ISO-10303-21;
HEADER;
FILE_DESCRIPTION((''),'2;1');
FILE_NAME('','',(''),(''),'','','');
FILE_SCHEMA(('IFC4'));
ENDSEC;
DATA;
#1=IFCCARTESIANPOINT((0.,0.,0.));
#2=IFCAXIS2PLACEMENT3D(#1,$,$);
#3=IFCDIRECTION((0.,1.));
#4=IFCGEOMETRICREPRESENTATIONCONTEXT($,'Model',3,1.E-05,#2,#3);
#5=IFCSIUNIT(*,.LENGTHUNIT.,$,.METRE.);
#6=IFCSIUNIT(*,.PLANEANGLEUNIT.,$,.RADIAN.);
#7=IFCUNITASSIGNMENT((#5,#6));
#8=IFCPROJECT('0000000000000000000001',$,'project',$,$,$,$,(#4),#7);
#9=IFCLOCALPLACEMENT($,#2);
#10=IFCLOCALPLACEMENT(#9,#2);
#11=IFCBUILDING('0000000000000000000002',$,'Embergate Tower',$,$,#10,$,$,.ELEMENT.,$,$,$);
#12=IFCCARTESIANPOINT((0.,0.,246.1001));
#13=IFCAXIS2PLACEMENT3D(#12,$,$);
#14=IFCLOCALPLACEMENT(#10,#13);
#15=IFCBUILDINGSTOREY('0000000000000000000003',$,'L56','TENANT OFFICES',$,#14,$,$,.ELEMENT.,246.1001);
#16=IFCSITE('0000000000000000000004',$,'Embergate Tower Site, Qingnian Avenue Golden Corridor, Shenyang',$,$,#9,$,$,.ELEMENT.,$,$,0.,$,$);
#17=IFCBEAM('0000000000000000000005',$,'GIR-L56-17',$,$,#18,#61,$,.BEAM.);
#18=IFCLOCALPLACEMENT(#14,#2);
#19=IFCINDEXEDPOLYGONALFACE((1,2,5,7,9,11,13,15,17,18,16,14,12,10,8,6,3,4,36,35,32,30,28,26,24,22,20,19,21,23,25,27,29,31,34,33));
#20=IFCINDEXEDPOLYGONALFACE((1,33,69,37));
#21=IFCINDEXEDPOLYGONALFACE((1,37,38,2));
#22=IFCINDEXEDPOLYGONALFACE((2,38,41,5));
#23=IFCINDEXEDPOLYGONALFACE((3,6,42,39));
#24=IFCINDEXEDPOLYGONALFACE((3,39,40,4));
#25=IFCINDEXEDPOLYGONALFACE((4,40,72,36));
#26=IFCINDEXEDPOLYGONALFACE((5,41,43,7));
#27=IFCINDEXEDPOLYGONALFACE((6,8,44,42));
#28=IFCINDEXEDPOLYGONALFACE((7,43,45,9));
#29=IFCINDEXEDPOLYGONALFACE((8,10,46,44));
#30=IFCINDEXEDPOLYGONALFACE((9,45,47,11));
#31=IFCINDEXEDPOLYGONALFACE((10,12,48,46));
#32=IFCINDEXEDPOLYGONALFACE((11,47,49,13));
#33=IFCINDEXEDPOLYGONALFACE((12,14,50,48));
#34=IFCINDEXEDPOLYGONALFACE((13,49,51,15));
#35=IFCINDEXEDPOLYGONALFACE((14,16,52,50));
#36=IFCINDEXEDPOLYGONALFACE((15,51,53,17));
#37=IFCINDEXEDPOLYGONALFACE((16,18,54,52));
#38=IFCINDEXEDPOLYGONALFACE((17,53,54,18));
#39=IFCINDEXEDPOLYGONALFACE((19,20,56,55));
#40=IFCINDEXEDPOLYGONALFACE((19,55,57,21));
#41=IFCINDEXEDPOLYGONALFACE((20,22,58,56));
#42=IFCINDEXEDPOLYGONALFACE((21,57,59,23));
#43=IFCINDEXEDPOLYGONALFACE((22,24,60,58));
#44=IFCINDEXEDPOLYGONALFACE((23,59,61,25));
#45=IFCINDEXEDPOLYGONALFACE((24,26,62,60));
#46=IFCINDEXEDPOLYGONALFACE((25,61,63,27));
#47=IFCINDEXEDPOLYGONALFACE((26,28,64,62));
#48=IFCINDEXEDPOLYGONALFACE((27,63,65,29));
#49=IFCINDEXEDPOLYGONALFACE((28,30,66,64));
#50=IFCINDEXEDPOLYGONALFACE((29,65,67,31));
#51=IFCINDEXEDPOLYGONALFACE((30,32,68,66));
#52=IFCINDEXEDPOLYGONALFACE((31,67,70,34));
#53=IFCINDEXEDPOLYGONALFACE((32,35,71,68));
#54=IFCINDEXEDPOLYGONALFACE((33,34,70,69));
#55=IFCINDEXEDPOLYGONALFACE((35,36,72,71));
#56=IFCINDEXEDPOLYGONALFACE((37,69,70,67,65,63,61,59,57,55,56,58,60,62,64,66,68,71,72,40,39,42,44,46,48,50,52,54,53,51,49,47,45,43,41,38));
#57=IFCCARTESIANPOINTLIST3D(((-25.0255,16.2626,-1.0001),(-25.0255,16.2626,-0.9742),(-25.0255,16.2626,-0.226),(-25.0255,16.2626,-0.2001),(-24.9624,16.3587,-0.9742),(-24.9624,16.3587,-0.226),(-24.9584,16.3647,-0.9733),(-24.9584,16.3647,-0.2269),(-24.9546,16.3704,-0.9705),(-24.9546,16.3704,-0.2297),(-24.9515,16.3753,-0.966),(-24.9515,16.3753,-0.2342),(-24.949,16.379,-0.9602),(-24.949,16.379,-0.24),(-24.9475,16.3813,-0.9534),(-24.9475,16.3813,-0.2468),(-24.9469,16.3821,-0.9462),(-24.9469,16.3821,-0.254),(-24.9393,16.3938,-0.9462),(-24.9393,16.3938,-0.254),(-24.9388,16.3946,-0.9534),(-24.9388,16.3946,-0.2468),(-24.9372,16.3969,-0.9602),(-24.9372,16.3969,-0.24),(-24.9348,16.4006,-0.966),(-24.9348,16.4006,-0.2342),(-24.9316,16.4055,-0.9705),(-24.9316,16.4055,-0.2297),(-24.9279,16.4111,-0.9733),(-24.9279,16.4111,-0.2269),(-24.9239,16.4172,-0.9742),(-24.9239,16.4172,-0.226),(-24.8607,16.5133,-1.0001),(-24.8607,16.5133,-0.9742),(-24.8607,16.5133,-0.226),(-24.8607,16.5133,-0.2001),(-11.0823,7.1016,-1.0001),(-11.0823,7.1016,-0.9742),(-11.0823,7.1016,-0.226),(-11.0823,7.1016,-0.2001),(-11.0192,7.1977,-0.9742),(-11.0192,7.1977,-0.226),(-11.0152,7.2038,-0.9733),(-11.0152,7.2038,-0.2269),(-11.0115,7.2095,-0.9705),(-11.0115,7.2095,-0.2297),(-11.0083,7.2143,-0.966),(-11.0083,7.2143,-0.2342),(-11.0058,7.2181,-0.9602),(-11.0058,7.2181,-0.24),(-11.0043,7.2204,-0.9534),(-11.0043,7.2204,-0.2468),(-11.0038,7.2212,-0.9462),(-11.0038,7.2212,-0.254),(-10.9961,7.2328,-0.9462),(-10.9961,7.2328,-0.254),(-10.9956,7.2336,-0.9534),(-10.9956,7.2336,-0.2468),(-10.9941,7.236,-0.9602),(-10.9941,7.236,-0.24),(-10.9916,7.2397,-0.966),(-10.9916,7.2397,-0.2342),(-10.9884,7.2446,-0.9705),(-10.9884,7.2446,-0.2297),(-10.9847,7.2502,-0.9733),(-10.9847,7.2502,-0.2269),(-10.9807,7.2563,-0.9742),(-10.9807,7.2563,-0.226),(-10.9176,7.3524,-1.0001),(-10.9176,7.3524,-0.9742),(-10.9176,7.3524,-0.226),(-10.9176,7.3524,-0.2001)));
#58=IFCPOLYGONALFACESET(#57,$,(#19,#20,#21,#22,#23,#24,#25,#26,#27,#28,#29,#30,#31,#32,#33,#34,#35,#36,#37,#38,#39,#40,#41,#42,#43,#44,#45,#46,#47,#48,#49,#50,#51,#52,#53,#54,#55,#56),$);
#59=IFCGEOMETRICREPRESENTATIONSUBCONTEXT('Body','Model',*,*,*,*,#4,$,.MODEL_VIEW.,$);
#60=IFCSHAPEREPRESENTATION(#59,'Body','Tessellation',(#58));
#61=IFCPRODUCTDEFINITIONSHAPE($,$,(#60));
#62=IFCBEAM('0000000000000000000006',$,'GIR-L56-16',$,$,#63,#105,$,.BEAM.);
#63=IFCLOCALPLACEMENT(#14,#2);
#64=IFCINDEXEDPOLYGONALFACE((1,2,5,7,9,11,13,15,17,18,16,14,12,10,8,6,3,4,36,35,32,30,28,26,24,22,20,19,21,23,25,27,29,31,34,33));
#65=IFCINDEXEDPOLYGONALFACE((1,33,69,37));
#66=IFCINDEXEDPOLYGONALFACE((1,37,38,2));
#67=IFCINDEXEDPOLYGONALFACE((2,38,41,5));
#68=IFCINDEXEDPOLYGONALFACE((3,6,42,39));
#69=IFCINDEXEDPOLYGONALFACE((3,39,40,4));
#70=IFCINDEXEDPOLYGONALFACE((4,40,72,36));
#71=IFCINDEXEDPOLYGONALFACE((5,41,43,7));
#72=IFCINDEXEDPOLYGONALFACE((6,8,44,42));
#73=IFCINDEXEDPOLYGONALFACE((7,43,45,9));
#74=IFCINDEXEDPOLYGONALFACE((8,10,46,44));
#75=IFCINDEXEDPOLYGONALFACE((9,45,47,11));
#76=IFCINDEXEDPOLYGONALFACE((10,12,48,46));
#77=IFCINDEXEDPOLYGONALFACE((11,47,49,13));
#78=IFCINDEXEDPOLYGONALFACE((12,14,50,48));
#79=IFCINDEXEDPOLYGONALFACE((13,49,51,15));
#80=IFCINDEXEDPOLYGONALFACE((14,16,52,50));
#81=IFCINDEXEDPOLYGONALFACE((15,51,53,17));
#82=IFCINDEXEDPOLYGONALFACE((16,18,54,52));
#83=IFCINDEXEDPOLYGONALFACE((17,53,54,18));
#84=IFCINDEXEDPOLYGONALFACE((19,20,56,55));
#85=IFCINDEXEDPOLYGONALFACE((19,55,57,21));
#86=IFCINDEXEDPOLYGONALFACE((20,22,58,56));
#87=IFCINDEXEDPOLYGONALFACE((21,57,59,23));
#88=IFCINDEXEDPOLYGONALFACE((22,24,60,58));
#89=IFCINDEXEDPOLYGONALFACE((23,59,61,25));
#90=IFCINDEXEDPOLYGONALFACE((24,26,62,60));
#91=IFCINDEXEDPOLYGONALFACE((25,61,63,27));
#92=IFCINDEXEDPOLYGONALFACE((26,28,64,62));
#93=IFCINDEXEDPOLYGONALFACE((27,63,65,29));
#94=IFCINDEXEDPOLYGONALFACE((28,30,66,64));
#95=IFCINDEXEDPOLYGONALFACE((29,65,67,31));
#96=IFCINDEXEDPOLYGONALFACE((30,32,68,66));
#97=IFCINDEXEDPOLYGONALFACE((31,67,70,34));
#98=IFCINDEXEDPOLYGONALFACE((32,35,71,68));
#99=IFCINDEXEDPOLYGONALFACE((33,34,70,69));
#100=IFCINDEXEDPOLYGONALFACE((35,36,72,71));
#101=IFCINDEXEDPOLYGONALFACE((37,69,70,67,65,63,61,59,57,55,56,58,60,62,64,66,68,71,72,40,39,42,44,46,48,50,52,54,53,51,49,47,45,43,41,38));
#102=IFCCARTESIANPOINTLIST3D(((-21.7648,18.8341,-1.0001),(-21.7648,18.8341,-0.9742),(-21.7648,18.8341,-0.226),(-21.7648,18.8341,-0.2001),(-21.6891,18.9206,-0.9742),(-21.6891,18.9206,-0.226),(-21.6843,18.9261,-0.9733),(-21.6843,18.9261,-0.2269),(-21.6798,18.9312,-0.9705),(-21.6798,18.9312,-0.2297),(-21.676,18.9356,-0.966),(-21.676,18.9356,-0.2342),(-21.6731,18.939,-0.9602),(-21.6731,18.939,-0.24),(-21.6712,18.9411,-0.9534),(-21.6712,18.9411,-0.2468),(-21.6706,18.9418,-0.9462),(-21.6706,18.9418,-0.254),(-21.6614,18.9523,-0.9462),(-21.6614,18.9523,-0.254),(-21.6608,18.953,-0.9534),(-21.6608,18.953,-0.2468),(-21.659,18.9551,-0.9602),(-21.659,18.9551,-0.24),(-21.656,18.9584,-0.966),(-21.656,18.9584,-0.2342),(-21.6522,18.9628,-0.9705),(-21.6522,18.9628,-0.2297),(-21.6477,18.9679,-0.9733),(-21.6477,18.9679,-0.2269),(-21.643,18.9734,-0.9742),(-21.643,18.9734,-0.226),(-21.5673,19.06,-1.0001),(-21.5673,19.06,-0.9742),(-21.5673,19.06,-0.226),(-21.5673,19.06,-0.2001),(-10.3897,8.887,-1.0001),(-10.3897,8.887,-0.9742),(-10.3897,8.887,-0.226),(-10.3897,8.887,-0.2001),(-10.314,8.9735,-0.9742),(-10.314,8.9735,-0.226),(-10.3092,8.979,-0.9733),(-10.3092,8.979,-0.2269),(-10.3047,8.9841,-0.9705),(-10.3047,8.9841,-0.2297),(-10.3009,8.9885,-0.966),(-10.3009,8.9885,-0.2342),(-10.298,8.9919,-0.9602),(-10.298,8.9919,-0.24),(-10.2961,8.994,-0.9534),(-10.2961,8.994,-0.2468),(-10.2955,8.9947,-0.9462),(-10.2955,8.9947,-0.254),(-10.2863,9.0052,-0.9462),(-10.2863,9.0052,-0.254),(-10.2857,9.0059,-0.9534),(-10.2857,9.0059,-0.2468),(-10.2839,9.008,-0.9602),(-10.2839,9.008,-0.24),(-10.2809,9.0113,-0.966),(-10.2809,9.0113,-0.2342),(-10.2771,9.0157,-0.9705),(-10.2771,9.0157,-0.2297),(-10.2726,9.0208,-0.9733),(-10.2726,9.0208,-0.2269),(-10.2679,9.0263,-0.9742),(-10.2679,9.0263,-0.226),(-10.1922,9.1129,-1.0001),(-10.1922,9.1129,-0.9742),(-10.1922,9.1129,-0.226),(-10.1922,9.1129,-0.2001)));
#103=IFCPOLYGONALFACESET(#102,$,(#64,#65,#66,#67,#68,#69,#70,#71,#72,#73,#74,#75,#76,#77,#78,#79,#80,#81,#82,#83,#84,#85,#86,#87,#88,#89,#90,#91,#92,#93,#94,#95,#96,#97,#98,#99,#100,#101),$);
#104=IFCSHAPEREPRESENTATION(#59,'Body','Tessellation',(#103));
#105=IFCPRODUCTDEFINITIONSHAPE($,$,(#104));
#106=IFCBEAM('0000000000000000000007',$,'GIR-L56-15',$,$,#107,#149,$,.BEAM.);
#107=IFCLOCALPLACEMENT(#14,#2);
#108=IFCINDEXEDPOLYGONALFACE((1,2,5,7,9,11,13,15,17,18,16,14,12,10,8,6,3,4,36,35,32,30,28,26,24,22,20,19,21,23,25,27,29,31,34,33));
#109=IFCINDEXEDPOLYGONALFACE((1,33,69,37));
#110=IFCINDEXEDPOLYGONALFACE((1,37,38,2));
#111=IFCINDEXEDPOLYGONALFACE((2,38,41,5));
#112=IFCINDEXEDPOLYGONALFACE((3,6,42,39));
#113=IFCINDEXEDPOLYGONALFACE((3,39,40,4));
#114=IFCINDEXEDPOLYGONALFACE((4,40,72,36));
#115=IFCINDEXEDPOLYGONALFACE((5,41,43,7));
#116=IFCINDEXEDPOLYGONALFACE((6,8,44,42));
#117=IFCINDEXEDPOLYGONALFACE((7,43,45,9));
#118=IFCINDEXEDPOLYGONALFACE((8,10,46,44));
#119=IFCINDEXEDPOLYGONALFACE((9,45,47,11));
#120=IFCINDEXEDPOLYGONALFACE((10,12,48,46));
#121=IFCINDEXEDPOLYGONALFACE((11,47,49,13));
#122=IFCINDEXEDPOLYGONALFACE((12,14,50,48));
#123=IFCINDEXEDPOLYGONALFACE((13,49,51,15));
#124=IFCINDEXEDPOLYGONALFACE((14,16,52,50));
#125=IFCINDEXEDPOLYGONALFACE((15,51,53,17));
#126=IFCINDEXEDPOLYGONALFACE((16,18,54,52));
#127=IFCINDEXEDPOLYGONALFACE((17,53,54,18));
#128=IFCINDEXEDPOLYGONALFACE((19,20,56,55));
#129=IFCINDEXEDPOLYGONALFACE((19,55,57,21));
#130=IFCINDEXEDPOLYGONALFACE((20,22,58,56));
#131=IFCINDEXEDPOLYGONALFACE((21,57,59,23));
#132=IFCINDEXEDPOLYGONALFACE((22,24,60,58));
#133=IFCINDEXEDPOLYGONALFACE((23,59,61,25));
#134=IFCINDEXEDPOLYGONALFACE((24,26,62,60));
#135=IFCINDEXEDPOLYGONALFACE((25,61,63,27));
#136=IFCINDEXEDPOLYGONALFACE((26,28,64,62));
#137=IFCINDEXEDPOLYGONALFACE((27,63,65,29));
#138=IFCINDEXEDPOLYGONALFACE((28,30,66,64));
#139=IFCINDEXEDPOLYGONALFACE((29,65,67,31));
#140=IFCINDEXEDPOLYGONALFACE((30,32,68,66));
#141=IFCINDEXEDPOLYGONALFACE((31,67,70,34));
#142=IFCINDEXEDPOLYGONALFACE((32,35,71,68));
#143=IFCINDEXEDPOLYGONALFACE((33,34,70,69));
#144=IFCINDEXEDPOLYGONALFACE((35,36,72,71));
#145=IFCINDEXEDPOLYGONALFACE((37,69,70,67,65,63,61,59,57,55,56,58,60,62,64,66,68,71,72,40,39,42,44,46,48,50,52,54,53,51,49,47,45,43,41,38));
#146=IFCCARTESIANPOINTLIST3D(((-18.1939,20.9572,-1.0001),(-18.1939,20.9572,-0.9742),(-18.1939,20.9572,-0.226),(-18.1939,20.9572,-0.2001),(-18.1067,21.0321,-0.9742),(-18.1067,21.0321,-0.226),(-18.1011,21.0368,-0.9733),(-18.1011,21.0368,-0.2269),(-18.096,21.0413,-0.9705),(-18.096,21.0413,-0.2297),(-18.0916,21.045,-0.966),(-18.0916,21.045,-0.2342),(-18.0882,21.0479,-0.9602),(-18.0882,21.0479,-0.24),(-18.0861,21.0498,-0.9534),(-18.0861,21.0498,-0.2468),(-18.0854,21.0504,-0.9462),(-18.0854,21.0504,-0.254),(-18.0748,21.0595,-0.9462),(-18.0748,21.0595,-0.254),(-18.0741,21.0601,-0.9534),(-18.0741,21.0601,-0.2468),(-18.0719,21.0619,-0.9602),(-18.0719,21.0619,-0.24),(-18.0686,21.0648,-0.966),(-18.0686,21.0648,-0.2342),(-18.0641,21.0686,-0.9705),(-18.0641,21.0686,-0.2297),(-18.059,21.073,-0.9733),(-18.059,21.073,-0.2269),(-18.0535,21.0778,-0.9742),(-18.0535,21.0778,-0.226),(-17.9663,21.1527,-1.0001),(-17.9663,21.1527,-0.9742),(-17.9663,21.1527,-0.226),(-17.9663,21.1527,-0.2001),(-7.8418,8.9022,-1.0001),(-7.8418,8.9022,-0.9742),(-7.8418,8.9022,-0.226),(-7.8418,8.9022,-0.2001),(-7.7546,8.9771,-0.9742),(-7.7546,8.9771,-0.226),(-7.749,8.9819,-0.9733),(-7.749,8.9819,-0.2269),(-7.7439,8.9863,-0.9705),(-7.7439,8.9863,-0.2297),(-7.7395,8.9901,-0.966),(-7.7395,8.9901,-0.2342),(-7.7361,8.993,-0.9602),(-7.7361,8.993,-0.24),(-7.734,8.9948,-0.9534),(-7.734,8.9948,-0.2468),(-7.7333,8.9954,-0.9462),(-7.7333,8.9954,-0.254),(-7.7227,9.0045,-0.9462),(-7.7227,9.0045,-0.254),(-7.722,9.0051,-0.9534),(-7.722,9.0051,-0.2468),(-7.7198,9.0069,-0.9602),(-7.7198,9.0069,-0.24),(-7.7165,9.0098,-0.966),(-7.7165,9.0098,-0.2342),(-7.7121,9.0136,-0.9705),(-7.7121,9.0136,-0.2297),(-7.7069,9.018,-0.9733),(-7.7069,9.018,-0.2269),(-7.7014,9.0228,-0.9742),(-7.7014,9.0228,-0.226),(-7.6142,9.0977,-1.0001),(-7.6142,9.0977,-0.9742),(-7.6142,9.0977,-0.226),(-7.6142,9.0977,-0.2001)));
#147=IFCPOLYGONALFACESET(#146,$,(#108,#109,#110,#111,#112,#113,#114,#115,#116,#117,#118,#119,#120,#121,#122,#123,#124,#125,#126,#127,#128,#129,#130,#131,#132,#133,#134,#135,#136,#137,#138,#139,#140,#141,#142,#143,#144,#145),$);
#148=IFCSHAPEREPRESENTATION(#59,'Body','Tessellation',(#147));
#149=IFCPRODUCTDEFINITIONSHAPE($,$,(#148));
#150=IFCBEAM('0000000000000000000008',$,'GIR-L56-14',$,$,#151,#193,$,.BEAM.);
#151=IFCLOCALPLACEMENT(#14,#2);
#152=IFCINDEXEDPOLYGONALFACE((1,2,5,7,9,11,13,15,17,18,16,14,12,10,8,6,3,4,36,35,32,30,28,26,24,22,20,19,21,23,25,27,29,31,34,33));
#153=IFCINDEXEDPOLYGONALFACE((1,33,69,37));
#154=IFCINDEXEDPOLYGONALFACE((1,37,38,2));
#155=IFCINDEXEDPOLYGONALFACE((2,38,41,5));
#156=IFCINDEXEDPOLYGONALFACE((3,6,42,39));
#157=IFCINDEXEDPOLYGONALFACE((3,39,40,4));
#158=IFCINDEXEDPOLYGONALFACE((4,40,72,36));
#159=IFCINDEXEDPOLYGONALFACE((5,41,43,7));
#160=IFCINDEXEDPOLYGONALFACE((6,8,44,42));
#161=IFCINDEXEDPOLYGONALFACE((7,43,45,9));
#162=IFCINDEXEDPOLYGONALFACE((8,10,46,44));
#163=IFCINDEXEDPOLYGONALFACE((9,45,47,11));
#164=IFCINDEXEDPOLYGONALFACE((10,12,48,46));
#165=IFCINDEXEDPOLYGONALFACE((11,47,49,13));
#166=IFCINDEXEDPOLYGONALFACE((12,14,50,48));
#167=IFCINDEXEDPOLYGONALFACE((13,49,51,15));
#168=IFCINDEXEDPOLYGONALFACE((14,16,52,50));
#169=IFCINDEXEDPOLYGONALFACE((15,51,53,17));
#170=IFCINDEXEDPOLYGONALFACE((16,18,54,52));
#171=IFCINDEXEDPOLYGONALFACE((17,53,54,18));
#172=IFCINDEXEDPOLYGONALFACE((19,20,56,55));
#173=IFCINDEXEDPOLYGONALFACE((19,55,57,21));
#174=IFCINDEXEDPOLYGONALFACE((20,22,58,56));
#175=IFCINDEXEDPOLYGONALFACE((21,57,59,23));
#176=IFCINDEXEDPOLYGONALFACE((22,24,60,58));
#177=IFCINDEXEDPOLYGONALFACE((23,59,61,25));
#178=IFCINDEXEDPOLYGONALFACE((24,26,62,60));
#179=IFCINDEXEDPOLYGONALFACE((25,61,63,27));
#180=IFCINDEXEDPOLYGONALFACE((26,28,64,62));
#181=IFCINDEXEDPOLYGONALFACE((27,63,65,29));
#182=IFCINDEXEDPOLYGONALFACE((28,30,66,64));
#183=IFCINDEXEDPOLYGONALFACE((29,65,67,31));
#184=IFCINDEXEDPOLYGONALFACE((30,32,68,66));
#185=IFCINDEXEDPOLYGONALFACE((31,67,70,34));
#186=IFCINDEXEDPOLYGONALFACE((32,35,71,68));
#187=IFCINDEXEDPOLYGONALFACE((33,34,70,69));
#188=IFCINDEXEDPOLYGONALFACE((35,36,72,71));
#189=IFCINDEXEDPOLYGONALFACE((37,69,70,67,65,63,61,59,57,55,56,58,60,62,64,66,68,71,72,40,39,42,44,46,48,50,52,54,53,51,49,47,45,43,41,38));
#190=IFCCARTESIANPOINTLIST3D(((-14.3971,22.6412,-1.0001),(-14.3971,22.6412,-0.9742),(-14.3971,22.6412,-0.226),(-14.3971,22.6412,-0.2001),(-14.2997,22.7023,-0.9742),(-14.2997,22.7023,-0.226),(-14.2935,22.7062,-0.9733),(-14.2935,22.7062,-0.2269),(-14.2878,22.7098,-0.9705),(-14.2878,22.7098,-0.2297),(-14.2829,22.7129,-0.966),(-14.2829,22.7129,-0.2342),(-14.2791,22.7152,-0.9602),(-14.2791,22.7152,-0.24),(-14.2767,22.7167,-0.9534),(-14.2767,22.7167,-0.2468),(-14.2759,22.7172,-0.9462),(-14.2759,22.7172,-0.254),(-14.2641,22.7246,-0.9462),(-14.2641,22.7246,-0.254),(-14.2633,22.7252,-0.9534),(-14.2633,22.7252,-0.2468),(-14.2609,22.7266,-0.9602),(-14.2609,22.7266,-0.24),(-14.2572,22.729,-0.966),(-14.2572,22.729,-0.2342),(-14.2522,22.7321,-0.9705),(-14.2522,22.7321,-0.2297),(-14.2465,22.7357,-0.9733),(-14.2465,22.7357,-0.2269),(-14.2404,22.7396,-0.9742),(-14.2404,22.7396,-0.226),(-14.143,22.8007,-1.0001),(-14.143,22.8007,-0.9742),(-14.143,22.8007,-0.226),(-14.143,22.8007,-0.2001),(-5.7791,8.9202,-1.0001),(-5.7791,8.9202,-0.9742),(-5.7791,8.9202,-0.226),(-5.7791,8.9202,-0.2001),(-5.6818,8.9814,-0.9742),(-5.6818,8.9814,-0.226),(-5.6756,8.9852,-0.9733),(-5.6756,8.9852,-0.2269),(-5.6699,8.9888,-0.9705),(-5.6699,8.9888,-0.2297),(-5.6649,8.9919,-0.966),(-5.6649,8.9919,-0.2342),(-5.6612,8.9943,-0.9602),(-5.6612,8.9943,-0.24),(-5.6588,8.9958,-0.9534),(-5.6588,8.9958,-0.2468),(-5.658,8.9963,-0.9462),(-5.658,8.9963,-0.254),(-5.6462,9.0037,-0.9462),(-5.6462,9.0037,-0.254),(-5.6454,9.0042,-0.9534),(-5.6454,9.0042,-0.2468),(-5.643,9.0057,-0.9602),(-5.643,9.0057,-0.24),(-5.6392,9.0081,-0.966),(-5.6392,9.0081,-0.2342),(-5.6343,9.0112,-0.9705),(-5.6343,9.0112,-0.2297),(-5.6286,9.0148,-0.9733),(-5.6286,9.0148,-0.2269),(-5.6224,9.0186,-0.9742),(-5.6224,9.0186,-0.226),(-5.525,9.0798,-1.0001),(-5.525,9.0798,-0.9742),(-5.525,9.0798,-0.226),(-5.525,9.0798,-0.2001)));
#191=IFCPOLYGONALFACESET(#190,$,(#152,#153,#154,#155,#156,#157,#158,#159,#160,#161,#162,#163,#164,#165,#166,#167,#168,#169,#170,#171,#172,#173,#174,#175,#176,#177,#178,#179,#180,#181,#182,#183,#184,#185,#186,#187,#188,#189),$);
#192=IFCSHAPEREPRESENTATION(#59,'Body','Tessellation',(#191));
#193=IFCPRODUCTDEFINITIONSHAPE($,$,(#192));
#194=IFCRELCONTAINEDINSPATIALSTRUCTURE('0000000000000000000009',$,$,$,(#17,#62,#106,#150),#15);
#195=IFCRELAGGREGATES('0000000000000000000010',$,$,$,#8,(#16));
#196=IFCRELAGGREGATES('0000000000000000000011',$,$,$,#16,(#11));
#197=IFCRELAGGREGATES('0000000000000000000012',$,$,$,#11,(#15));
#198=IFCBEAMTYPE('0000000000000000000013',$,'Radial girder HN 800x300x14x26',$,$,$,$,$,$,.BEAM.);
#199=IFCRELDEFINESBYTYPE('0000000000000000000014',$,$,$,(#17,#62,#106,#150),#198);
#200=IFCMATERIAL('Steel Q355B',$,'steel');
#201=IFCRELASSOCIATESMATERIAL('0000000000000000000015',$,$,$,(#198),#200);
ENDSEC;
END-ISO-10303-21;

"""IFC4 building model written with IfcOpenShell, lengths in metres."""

from ifc_helpers import new_model, si_unit, direction, frame, origin, origin_2d, place, context, subcontext, project, spatial, i_section, extrude, source, transform, mapped, material, material_profile, profile_set, type_object, element, save


model = new_model("IFC4")

# Units and contexts
model_context = context("Model", 3, precision=1e-05, world=origin(), true_north=direction((0.0, 1.0)))
body_context = subcontext(model_context, "Body", "Model", "MODEL_VIEW")
ifc_project = project(units=[si_unit("LENGTHUNIT", "METRE"), si_unit("PLANEANGLEUNIT", "RADIAN")], contexts=[model_context])

# Site, building, storey
site_placement = place(None, origin())
site = spatial("IfcSite", under=ifc_project, at=site_placement, Name="Embergate Tower Site, Qingnian Avenue Golden Corridor, Shenyang", CompositionType="ELEMENT", RefElevation=0.0)
building_placement = place(site_placement, origin())
building = spatial("IfcBuilding", under=site, at=building_placement, Name="Embergate Tower", CompositionType="ELEMENT")
storey_placement = place(building_placement, frame((0.0, 0.0, 246.1001)))
storey = spatial("IfcBuildingStorey", under=building, at=storey_placement, Name="L56", Description="TENANT OFFICES", CompositionType="ELEMENT", Elevation=246.1001)

# Beams
ifc_material_1 = material(Name="Steel Q355B", Category="steel")
ifc_material_profile_1 = material_profile(ifc_material_1, i_section(OverallWidth=0.3, OverallDepth=0.8, WebThickness=0.0139, FlangeThickness=0.0259, FilletRadius=0.0281, at=origin_2d()), Name="HN 800x300x14x26")
ifc_profile_set_1 = profile_set([ifc_material_profile_1], Name="Steel Q355 grade B")
beam_type_1 = type_object("IfcBeamType", Name="Radial girder HN 800x300x14x26", PredefinedType="BEAM", material=ifc_profile_set_1)
shared_shape_1 = source(origin(), body_context, "Body", "SweptSolid", [
    extrude(i_section(OverallWidth=0.3, OverallDepth=0.8, WebThickness=0.0139, FlangeThickness=0.0259, FilletRadius=0.0281, at=origin_2d()), origin(), (0.0, 0.0, 1.0), 16.6833),
])
beam_1_placement = place(storey_placement, frame((-24.9431, 16.3879, -0.6001), z_axis=(0.835753, -0.549105, 0.0), x_axis=(0.549105, 0.835753, 0.0)))
element("IfcBeam", 1, at=beam_1_placement, inside=storey, type_object=beam_type_1, Name="GIR-L56-17", PredefinedType="BEAM", context=body_context, shape_type="MappedRepresentation", body=[
    mapped(shared_shape_1, transform((0.0, 0.0, 0.0))),
])
shared_shape_2 = source(origin(), body_context, "Body", "SweptSolid", [
    extrude(i_section(OverallWidth=0.3, OverallDepth=0.8, WebThickness=0.0139, FlangeThickness=0.0259, FilletRadius=0.0281, at=origin_2d()), origin(), (0.0, 0.0, 1.0), 15.1108),
])
beam_2_placement = place(storey_placement, frame((-21.666, 18.947, -0.6001), z_axis=(0.752777, -0.658276, 0.0), x_axis=(0.658276, 0.752777, 0.0)))
element("IfcBeam", 2, at=beam_2_placement, inside=storey, type_object=beam_type_1, Name="GIR-L56-16", PredefinedType="BEAM", context=body_context, shape_type="MappedRepresentation", body=[
    mapped(shared_shape_2, transform((0.0, 0.0, 0.0))),
])
shared_shape_3 = source(origin(), body_context, "Body", "SweptSolid", [
    extrude(i_section(OverallWidth=0.3, OverallDepth=0.8, WebThickness=0.0139, FlangeThickness=0.0259, FilletRadius=0.0281, at=origin_2d()), origin(), (0.0, 0.0, 1.0), 15.8899),
])
beam_3_placement = place(storey_placement, frame((-18.0801, 21.0549, -0.6001), z_axis=(0.65149, -0.758658, 0.0), x_axis=(0.758658, 0.65149, 0.0)))
element("IfcBeam", 3, at=beam_3_placement, inside=storey, type_object=beam_type_1, Name="GIR-L56-15", PredefinedType="BEAM", context=body_context, shape_type="MappedRepresentation", body=[
    mapped(shared_shape_3, transform((0.0, 0.0, 0.0))),
])
shared_shape_4 = source(origin(), body_context, "Body", "SweptSolid", [
    extrude(i_section(OverallWidth=0.3, OverallDepth=0.8, WebThickness=0.0139, FlangeThickness=0.0259, FilletRadius=0.0281, at=origin_2d()), origin(), (0.0, 0.0, 1.0), 16.2029),
])
beam_4_placement = place(storey_placement, frame((-14.27, 22.7209, -0.6001), z_axis=(0.531876, -0.846822, 0.0), x_axis=(0.846822, 0.531876, 0.0)))
element("IfcBeam", 4, at=beam_4_placement, inside=storey, type_object=beam_type_1, Name="GIR-L56-14", PredefinedType="BEAM", context=body_context, shape_type="MappedRepresentation", body=[
    mapped(shared_shape_4, transform((0.0, 0.0, 0.0))),
])

save(model, "model.ifc")
